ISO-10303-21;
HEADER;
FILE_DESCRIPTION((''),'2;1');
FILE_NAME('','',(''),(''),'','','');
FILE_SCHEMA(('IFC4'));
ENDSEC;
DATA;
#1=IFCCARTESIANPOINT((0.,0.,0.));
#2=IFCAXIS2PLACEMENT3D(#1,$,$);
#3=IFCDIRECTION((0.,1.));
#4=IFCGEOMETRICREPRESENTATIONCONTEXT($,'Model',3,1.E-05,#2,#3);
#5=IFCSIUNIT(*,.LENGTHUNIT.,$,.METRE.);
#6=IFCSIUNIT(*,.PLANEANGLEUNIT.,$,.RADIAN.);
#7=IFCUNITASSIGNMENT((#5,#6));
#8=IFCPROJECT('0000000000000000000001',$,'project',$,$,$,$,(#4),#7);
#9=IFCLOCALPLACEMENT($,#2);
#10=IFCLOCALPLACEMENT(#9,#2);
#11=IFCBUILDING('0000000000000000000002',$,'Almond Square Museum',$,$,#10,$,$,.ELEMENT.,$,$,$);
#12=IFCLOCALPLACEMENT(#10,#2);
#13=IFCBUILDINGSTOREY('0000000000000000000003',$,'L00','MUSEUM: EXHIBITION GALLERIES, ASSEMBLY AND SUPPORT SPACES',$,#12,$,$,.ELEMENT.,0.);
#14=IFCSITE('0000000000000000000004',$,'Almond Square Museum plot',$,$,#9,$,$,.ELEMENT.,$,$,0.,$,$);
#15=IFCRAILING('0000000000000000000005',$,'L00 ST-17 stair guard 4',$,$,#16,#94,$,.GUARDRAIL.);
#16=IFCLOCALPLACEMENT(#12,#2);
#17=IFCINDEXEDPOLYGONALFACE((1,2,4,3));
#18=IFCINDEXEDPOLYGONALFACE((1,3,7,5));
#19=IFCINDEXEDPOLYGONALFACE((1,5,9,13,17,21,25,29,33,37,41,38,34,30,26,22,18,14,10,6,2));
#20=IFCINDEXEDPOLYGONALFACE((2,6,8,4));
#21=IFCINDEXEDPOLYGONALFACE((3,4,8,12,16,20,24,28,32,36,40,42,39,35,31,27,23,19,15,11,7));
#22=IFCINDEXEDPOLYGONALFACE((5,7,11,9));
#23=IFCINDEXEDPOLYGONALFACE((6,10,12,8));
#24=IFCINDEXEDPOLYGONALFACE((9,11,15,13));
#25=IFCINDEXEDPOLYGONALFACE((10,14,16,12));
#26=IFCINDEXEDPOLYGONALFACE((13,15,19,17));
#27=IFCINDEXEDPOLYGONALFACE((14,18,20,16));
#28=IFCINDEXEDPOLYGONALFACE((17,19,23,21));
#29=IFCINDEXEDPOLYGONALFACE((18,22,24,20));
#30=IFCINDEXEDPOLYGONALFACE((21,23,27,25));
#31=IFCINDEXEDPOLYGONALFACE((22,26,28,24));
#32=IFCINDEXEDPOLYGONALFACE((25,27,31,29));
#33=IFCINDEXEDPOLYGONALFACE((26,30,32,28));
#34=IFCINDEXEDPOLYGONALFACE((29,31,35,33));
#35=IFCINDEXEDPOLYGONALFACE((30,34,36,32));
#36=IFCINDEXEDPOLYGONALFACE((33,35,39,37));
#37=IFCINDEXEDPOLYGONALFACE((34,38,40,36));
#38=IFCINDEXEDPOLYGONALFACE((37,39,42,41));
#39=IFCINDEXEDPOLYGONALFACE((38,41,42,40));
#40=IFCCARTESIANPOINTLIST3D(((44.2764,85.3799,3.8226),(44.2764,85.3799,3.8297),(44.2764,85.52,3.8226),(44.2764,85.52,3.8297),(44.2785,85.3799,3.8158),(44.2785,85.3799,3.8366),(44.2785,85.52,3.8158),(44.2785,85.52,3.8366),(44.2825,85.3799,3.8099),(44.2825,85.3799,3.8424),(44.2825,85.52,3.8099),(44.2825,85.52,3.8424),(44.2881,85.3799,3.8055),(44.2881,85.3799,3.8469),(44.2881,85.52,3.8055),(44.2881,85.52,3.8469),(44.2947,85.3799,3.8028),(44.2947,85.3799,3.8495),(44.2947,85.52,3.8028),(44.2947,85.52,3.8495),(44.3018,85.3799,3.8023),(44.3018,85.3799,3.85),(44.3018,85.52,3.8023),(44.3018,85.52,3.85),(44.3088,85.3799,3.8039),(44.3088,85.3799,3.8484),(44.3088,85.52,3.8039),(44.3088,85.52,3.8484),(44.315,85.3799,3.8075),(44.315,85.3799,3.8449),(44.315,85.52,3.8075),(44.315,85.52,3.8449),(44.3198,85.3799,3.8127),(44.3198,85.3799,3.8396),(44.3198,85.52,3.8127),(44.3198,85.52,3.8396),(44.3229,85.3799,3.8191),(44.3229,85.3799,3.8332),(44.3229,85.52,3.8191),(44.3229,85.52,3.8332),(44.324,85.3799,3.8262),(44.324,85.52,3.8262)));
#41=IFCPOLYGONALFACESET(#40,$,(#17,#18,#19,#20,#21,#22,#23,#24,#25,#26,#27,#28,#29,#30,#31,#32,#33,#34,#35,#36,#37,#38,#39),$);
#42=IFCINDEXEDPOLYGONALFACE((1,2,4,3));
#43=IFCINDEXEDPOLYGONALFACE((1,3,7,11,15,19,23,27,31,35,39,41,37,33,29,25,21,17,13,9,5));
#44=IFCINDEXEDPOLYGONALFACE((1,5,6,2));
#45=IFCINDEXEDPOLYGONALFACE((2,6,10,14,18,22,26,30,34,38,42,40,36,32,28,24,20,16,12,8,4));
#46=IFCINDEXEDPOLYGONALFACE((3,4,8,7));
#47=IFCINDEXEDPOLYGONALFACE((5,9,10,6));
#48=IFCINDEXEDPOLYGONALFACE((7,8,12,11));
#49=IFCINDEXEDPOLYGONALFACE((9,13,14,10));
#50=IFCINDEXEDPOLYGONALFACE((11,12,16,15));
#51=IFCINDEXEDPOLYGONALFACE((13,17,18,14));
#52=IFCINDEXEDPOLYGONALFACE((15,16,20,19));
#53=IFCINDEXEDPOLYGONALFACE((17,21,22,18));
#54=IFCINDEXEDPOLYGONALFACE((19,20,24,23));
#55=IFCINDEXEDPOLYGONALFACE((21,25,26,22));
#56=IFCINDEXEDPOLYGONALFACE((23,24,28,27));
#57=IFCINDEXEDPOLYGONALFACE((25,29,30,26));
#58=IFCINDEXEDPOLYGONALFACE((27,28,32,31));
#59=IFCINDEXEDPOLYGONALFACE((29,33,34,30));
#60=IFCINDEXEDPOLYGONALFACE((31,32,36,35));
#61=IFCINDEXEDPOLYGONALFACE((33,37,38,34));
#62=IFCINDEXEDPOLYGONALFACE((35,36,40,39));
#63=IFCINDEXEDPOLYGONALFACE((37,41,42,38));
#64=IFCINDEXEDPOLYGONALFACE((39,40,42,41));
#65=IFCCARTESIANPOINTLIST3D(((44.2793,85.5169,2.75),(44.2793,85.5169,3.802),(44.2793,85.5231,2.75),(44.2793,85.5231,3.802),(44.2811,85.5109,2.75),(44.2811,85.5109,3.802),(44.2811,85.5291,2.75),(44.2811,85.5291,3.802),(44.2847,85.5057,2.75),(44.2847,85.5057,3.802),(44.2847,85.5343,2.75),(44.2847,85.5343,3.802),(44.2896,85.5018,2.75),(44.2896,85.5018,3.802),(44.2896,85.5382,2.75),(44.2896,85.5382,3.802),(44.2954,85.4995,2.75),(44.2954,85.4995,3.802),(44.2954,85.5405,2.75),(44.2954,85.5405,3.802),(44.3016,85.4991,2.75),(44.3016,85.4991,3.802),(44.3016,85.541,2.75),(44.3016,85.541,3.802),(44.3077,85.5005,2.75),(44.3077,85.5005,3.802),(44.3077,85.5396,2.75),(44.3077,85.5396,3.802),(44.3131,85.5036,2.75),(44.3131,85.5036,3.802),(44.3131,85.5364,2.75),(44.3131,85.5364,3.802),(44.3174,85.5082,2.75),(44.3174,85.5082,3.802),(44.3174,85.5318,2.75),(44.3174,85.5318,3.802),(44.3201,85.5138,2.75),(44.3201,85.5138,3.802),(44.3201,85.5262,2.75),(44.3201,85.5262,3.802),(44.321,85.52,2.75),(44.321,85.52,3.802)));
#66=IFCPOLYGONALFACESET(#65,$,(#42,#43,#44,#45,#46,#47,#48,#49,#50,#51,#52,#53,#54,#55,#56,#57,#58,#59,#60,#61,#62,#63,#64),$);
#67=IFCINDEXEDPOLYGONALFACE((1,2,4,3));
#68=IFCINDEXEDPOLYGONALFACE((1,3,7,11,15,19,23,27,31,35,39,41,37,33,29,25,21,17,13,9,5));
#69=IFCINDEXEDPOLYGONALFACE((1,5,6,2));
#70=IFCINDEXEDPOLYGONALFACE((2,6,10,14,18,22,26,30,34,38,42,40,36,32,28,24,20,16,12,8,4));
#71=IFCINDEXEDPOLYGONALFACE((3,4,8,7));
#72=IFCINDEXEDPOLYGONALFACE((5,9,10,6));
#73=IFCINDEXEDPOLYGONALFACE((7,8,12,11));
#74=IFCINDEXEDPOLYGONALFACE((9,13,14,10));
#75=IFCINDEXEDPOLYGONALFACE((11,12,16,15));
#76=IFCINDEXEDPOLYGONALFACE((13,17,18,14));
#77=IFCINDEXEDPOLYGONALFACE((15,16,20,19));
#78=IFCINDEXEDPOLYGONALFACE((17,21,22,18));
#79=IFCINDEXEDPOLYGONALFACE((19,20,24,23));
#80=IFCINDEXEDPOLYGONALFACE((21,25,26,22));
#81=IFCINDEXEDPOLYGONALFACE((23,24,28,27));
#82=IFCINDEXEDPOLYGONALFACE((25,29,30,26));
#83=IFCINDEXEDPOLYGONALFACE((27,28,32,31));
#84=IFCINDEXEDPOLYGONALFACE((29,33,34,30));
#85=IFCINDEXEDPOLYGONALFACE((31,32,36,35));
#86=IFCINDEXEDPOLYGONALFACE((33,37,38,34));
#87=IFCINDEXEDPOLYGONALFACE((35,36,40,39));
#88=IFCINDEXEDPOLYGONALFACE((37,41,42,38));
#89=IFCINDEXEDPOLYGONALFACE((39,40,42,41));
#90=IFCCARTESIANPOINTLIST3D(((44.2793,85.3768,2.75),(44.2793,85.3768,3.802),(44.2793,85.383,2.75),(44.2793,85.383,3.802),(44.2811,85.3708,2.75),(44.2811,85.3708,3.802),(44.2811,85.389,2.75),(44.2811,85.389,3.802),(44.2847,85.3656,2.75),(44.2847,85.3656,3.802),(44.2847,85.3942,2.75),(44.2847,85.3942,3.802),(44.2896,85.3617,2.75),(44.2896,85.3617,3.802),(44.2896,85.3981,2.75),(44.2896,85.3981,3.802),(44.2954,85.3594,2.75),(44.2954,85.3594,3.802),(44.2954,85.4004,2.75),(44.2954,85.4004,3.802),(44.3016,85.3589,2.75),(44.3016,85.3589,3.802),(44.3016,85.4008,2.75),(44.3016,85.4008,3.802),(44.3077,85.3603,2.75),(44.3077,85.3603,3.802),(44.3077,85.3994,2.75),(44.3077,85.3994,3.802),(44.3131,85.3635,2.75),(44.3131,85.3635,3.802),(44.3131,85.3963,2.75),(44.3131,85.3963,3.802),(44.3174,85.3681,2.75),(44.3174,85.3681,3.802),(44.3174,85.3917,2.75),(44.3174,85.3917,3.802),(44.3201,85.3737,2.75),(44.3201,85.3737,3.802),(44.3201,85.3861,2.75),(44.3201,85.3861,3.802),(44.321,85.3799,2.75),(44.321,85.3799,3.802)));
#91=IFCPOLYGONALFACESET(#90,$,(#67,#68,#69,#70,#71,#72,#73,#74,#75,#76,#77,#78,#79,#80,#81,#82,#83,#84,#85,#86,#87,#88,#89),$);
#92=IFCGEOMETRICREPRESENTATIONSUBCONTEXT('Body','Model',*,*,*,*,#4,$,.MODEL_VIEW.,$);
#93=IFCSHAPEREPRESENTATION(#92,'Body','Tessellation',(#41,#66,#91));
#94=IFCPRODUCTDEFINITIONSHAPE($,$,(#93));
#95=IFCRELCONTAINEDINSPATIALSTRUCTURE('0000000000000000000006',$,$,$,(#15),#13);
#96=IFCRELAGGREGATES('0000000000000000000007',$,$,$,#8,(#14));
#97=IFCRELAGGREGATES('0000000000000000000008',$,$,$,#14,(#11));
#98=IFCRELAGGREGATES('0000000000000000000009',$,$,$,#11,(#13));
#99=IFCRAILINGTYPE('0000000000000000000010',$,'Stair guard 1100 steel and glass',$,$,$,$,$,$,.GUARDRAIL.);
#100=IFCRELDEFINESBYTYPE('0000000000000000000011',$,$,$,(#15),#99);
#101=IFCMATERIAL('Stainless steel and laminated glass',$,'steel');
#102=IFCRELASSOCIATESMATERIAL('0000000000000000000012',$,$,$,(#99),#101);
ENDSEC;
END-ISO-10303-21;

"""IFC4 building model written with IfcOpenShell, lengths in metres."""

from ifc_helpers import new_model, si_unit, direction, frame, origin, origin_2d, place, context, subcontext, project, spatial, circle, extrude, material, type_object, element, save


model = new_model("IFC4")

# Units and contexts
model_context = context("Model", 3, precision=1e-05, world=origin(), true_north=direction((0.0, 1.0)))
body_context = subcontext(model_context, "Body", "Model", "MODEL_VIEW")
ifc_project = project(units=[si_unit("LENGTHUNIT", "METRE"), si_unit("PLANEANGLEUNIT", "RADIAN")], contexts=[model_context])

# Site, building, storey
site_placement = place(None, origin())
site = spatial("IfcSite", under=ifc_project, at=site_placement, Name="Almond Square Museum plot", CompositionType="ELEMENT", RefElevation=0.0)
building_placement = place(site_placement, origin())
building = spatial("IfcBuilding", under=site, at=building_placement, Name="Almond Square Museum", CompositionType="ELEMENT")
storey_placement = place(building_placement, origin())
storey = spatial("IfcBuildingStorey", under=building, at=storey_placement, Name="L00", Description="MUSEUM: EXHIBITION GALLERIES, ASSEMBLY AND SUPPORT SPACES", CompositionType="ELEMENT", Elevation=0.0)

# Railing
ifc_material_1 = material(Name="Stainless steel and laminated glass", Category="steel")
railing_type_1 = type_object("IfcRailingType", Name="Stair guard 1100 steel and glass", PredefinedType="GUARDRAIL", material=ifc_material_1)
railing_1_placement = place(storey_placement, frame((44.3, 85.52, 2.75)))
element("IfcRailing", 1, at=railing_1_placement, inside=storey, type_object=railing_type_1, Name="L00 ST-17 stair guard 4", PredefinedType="GUARDRAIL", context=body_context, shape_type="SweptSolid", body=[
    extrude(circle(Radius=0.0239, at=origin_2d()), frame((0.0, 0.0, 1.0762), z_axis=(0.0, -1.0, 0.0), x_axis=(1.0, 0.0, 0.0)), (0.0, 0.0, 1.0), 0.1401),
    extrude(circle(Radius=0.021, at=origin_2d()), origin(), (0.0, 0.0, 1.0), 1.052),
    extrude(circle(Radius=0.021, at=origin_2d()), frame((0.0, -0.1401, 0.0)), (0.0, 0.0, 1.0), 1.052),
])

save(model, "model.ifc")
